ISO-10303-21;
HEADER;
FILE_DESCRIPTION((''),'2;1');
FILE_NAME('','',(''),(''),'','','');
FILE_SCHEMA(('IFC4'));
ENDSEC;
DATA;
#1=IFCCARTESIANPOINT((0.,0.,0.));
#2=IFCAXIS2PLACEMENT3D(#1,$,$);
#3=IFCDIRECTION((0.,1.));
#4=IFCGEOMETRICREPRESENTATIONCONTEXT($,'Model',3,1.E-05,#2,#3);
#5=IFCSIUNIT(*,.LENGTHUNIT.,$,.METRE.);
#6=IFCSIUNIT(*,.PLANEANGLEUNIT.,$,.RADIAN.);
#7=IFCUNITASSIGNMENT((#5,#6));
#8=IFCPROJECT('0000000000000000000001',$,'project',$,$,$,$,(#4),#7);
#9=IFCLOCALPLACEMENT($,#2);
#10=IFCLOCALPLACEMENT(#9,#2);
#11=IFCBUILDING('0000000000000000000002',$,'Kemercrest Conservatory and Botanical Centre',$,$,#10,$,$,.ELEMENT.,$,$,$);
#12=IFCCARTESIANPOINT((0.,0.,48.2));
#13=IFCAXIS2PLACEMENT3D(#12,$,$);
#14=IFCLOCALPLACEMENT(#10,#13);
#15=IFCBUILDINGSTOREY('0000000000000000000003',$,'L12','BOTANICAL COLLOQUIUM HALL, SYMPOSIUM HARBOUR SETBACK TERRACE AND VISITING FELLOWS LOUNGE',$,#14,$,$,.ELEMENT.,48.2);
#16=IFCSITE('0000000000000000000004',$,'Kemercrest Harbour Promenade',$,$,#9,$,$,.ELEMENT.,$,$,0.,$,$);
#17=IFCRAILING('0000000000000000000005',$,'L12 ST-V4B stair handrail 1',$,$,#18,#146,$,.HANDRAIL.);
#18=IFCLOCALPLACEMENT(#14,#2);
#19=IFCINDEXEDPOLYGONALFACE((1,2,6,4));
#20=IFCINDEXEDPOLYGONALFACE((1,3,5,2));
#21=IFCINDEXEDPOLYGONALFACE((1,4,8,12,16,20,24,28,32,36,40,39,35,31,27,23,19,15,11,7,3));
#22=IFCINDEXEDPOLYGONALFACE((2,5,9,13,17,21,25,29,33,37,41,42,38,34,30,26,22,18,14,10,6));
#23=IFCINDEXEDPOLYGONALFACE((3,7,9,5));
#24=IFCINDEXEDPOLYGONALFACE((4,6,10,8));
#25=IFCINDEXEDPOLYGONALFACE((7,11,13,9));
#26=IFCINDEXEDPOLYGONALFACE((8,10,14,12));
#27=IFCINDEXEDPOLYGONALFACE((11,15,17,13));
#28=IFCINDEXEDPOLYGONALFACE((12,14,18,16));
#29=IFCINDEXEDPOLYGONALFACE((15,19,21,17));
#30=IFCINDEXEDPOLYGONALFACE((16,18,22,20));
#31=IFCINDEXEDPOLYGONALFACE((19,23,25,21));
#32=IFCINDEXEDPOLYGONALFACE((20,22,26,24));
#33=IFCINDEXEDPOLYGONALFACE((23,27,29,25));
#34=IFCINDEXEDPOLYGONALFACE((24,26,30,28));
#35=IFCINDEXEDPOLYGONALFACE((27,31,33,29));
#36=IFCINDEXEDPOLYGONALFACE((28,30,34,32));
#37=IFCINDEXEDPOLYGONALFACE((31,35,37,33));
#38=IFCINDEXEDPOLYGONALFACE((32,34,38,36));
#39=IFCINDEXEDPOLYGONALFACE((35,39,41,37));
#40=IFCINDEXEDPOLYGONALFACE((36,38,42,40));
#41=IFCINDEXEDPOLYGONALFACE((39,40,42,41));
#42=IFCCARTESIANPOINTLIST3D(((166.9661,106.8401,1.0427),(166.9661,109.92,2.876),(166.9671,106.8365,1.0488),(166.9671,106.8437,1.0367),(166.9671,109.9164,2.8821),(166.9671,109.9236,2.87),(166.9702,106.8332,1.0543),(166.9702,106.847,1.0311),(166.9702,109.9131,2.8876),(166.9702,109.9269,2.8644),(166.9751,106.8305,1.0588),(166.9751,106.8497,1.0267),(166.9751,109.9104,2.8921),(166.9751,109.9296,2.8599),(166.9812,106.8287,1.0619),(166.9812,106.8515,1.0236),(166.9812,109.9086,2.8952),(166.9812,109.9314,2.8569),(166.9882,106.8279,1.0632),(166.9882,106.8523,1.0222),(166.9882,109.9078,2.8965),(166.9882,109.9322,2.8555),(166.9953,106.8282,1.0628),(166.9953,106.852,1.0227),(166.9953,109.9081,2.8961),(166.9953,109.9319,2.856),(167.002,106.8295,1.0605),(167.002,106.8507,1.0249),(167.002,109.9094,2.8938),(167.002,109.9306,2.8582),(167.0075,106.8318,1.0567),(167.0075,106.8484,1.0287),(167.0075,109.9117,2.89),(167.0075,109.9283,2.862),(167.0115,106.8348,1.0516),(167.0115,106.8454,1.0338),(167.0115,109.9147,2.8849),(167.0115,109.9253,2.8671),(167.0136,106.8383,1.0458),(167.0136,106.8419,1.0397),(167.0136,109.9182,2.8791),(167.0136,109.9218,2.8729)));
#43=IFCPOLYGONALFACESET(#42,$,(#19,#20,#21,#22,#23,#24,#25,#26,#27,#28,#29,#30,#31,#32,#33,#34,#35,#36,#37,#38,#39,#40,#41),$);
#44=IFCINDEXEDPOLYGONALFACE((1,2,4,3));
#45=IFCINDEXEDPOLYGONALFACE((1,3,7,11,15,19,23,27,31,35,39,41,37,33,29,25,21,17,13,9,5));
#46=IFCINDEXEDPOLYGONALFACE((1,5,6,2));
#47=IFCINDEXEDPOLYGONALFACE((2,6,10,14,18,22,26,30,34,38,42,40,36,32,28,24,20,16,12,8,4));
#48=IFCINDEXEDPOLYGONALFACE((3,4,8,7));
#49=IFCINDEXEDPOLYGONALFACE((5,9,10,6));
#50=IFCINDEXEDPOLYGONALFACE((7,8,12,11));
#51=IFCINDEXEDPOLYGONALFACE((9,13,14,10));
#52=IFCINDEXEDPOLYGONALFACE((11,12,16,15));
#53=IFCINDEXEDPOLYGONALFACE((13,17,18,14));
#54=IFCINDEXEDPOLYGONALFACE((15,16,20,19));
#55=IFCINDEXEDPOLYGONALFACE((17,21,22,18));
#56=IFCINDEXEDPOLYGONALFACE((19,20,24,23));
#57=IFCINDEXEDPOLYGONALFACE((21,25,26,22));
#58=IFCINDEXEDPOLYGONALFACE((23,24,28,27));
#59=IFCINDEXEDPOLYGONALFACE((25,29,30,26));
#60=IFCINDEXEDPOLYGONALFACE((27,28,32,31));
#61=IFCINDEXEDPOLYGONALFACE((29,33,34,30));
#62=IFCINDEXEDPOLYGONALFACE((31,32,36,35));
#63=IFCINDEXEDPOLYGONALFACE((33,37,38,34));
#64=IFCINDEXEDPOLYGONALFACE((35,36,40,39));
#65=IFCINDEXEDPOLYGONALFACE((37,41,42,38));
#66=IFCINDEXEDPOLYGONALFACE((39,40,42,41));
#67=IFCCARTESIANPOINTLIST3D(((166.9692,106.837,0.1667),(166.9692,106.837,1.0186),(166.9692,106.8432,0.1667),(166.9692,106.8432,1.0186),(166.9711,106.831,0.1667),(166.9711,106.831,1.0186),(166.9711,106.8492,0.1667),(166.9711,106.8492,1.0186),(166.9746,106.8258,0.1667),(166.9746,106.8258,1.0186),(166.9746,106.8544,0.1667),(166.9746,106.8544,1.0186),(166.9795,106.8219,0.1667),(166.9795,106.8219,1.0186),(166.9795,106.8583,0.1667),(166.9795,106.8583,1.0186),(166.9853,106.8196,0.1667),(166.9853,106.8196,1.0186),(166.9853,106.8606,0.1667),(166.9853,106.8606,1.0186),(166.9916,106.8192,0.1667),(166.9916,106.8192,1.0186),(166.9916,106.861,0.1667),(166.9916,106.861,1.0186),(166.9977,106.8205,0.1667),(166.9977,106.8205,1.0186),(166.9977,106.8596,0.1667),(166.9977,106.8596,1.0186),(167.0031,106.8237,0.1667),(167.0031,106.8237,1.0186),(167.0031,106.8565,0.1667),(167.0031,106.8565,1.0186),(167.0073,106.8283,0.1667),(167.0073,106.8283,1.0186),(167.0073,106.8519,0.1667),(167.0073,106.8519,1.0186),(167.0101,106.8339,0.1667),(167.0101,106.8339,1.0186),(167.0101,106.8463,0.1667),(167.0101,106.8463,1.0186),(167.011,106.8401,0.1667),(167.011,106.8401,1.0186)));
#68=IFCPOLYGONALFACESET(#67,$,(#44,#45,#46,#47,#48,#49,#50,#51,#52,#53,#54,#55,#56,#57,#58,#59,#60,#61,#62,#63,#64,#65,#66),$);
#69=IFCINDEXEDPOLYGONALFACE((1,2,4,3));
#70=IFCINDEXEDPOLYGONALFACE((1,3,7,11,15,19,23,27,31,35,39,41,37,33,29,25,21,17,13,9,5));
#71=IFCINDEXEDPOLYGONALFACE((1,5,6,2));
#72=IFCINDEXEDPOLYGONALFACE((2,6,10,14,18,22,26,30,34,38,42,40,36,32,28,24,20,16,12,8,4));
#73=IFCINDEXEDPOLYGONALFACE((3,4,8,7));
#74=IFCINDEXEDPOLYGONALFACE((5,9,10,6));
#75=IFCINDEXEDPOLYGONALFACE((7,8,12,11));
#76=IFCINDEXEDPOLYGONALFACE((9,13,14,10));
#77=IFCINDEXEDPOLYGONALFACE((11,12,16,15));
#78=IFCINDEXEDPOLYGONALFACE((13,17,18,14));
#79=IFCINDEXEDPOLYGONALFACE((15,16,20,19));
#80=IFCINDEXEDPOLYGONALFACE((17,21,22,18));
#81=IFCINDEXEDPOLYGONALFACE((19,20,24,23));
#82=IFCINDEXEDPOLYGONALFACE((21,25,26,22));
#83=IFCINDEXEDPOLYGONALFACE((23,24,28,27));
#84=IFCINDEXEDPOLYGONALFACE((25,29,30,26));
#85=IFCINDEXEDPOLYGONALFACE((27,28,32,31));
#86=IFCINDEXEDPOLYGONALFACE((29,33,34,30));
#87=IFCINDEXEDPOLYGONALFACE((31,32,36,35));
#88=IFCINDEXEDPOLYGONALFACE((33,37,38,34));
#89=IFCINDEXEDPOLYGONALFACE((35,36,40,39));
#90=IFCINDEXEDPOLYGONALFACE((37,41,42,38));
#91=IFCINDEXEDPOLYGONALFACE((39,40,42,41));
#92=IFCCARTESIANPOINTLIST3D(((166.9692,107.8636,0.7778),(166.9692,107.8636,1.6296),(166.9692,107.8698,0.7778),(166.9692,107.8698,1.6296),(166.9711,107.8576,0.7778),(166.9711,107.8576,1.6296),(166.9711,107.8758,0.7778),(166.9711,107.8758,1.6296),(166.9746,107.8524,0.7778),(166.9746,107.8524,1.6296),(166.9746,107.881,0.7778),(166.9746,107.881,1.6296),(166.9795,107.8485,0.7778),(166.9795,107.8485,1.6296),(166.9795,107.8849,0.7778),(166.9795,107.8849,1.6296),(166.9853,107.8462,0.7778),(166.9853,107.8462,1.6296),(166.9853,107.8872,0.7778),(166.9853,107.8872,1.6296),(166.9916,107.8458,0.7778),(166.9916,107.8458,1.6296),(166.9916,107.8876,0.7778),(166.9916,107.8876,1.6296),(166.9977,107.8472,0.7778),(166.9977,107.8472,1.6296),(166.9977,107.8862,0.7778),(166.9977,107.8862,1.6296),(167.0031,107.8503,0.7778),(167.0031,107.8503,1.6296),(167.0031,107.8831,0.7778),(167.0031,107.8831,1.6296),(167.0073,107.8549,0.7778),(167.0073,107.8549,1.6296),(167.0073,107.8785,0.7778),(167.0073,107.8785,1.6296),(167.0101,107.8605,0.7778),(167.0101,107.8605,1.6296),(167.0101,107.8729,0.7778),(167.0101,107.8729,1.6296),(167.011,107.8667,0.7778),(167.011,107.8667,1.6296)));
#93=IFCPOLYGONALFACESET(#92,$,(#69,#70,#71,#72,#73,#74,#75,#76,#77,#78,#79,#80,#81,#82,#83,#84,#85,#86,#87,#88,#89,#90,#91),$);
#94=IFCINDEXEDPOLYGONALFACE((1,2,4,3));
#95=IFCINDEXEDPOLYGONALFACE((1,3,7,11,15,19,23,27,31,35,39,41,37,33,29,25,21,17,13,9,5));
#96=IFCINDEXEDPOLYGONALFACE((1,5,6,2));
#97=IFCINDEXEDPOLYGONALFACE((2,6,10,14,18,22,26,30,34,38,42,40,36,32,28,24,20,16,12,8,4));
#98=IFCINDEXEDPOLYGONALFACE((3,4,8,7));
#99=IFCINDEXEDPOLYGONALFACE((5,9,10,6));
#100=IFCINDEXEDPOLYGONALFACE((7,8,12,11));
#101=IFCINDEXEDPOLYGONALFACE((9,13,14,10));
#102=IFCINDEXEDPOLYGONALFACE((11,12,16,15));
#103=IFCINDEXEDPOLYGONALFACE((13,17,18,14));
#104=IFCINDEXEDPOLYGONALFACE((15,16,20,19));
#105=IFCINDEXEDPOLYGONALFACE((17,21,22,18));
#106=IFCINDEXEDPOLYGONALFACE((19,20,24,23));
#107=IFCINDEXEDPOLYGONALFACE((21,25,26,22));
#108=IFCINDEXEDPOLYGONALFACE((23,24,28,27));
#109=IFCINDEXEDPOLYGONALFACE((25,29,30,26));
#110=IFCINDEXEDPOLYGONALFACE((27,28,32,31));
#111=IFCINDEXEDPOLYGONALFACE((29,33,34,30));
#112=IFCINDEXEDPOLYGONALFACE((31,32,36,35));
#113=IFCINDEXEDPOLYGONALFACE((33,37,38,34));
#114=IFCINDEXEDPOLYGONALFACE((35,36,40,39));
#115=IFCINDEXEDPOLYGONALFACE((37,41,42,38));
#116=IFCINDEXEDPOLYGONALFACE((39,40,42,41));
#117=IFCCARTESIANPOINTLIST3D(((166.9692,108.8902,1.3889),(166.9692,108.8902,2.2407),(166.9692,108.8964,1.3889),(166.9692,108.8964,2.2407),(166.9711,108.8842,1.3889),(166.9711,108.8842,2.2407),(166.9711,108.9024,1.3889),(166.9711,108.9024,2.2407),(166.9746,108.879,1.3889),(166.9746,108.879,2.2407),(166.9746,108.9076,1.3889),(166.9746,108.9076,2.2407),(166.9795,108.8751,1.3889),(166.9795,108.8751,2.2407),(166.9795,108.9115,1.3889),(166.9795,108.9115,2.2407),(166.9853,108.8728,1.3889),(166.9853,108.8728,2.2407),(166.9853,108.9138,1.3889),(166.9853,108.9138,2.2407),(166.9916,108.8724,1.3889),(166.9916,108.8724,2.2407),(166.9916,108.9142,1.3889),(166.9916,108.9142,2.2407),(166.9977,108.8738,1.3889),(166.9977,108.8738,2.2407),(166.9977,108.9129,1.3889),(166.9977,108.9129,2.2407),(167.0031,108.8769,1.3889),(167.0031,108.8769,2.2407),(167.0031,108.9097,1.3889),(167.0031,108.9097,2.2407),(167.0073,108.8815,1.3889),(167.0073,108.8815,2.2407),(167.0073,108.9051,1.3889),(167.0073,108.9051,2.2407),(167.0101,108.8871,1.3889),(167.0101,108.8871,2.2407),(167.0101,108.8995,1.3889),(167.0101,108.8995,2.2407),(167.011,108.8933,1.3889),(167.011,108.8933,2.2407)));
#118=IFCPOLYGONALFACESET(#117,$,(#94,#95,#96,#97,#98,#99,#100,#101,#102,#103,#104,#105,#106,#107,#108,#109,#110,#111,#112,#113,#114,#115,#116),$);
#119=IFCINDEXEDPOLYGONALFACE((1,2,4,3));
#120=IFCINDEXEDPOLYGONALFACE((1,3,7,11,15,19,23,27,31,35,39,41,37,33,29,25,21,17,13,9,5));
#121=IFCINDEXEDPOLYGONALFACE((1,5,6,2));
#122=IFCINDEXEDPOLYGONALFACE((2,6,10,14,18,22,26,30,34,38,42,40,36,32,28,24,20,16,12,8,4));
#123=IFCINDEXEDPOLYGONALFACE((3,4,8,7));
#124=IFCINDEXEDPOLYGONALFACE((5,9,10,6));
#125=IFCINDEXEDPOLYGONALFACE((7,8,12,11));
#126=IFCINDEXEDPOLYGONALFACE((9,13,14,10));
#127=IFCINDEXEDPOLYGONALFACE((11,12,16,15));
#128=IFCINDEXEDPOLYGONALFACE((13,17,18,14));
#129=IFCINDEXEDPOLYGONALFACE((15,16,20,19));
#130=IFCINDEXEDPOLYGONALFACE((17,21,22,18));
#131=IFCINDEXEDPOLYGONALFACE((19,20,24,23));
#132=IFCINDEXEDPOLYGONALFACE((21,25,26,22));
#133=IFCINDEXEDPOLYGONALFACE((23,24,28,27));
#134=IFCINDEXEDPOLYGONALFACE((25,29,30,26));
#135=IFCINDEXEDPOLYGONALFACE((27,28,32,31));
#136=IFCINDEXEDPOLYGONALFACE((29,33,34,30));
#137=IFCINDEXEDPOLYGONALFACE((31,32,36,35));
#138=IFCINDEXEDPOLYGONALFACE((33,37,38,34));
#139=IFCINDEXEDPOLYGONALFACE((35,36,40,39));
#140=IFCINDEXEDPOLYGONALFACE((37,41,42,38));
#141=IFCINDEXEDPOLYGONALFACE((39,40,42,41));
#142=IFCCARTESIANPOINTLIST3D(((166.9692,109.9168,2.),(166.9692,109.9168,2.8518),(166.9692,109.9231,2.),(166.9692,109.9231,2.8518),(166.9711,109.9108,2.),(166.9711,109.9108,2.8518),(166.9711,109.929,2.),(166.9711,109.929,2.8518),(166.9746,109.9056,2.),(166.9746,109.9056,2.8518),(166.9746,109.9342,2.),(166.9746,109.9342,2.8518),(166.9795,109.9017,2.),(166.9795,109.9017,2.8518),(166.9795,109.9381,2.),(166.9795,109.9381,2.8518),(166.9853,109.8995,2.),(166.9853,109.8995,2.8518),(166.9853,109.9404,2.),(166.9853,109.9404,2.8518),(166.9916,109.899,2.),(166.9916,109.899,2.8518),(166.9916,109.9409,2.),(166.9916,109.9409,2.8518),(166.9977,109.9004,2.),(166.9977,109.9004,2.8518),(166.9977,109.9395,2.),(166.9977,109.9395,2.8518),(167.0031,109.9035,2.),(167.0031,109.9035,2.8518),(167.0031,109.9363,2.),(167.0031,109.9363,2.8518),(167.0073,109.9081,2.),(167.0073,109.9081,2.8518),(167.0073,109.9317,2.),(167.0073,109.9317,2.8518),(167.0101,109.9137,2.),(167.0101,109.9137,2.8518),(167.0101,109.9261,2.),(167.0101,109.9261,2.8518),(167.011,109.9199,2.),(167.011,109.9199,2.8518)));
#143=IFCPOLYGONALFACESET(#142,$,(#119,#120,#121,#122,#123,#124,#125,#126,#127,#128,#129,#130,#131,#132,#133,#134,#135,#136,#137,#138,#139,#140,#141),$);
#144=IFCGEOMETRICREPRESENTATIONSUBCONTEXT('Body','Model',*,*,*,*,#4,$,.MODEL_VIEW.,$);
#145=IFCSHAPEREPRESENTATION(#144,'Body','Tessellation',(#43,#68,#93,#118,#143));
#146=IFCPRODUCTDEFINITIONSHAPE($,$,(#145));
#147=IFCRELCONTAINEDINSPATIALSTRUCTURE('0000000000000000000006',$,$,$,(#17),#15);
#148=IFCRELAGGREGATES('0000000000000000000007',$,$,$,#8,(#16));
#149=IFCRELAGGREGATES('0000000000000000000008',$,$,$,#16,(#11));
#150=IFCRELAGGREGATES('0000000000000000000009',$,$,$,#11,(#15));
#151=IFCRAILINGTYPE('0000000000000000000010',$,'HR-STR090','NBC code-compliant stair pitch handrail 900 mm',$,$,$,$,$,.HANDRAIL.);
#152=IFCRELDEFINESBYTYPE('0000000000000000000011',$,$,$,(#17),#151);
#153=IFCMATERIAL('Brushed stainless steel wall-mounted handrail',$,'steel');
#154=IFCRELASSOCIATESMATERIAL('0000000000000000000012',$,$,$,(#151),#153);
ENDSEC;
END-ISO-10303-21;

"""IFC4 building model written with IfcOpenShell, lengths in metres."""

from ifc_helpers import new_model, si_unit, direction, frame, origin, origin_2d, place, context, subcontext, project, spatial, circle, extrude, material, type_object, element, save


model = new_model("IFC4")

# Units and contexts
model_context = context("Model", 3, precision=1e-05, world=origin(), true_north=direction((0.0, 1.0)))
body_context = subcontext(model_context, "Body", "Model", "MODEL_VIEW")
ifc_project = project(units=[si_unit("LENGTHUNIT", "METRE"), si_unit("PLANEANGLEUNIT", "RADIAN")], contexts=[model_context])

# Site, building, storey
site_placement = place(None, origin())
site = spatial("IfcSite", under=ifc_project, at=site_placement, Name="Kemercrest Harbour Promenade", CompositionType="ELEMENT", RefElevation=0.0)
building_placement = place(site_placement, origin())
building = spatial("IfcBuilding", under=site, at=building_placement, Name="Kemercrest Conservatory and Botanical Centre", CompositionType="ELEMENT")
storey_placement = place(building_placement, frame((0.0, 0.0, 48.2)))
storey = spatial("IfcBuildingStorey", under=building, at=storey_placement, Name="L12", Description="BOTANICAL COLLOQUIUM HALL, SYMPOSIUM HARBOUR SETBACK TERRACE AND VISITING FELLOWS LOUNGE", CompositionType="ELEMENT", Elevation=48.2)

# Railing
ifc_material_1 = material(Name="Brushed stainless steel wall-mounted handrail", Category="steel")
railing_type_1 = type_object("IfcRailingType", Name="HR-STR090", Description="NBC code-compliant stair pitch handrail 900 mm", PredefinedType="HANDRAIL", material=ifc_material_1)
railing_1_placement = place(storey_placement, frame((166.99, 106.8401, 0.1667)))
element("IfcRailing", 1, at=railing_1_placement, inside=storey, type_object=railing_type_1, Name="L12 ST-V4B stair handrail 1", PredefinedType="HANDRAIL", context=body_context, shape_type="SweptSolid", body=[
    extrude(circle(Radius=0.0239, at=origin_2d()), frame((0.0, 0.0, 0.876), z_axis=(0.0, 0.859291, 0.511487), x_axis=(-1.0, 0.0, 0.0)), (0.0, 0.0, 1.0), 3.5842),
    extrude(circle(Radius=0.021, at=origin_2d()), origin(), (0.0, 0.0, 1.0), 0.8518),
    extrude(circle(Radius=0.021, at=origin_2d()), frame((0.0, 1.0266, 0.6111)), (0.0, 0.0, 1.0), 0.8518),
    extrude(circle(Radius=0.021, at=origin_2d()), frame((0.0, 2.0532, 1.2222)), (0.0, 0.0, 1.0), 0.8518),
    extrude(circle(Radius=0.021, at=origin_2d()), frame((0.0, 3.0798, 1.8333)), (0.0, 0.0, 1.0), 0.8518),
])

save(model, "model.ifc")
